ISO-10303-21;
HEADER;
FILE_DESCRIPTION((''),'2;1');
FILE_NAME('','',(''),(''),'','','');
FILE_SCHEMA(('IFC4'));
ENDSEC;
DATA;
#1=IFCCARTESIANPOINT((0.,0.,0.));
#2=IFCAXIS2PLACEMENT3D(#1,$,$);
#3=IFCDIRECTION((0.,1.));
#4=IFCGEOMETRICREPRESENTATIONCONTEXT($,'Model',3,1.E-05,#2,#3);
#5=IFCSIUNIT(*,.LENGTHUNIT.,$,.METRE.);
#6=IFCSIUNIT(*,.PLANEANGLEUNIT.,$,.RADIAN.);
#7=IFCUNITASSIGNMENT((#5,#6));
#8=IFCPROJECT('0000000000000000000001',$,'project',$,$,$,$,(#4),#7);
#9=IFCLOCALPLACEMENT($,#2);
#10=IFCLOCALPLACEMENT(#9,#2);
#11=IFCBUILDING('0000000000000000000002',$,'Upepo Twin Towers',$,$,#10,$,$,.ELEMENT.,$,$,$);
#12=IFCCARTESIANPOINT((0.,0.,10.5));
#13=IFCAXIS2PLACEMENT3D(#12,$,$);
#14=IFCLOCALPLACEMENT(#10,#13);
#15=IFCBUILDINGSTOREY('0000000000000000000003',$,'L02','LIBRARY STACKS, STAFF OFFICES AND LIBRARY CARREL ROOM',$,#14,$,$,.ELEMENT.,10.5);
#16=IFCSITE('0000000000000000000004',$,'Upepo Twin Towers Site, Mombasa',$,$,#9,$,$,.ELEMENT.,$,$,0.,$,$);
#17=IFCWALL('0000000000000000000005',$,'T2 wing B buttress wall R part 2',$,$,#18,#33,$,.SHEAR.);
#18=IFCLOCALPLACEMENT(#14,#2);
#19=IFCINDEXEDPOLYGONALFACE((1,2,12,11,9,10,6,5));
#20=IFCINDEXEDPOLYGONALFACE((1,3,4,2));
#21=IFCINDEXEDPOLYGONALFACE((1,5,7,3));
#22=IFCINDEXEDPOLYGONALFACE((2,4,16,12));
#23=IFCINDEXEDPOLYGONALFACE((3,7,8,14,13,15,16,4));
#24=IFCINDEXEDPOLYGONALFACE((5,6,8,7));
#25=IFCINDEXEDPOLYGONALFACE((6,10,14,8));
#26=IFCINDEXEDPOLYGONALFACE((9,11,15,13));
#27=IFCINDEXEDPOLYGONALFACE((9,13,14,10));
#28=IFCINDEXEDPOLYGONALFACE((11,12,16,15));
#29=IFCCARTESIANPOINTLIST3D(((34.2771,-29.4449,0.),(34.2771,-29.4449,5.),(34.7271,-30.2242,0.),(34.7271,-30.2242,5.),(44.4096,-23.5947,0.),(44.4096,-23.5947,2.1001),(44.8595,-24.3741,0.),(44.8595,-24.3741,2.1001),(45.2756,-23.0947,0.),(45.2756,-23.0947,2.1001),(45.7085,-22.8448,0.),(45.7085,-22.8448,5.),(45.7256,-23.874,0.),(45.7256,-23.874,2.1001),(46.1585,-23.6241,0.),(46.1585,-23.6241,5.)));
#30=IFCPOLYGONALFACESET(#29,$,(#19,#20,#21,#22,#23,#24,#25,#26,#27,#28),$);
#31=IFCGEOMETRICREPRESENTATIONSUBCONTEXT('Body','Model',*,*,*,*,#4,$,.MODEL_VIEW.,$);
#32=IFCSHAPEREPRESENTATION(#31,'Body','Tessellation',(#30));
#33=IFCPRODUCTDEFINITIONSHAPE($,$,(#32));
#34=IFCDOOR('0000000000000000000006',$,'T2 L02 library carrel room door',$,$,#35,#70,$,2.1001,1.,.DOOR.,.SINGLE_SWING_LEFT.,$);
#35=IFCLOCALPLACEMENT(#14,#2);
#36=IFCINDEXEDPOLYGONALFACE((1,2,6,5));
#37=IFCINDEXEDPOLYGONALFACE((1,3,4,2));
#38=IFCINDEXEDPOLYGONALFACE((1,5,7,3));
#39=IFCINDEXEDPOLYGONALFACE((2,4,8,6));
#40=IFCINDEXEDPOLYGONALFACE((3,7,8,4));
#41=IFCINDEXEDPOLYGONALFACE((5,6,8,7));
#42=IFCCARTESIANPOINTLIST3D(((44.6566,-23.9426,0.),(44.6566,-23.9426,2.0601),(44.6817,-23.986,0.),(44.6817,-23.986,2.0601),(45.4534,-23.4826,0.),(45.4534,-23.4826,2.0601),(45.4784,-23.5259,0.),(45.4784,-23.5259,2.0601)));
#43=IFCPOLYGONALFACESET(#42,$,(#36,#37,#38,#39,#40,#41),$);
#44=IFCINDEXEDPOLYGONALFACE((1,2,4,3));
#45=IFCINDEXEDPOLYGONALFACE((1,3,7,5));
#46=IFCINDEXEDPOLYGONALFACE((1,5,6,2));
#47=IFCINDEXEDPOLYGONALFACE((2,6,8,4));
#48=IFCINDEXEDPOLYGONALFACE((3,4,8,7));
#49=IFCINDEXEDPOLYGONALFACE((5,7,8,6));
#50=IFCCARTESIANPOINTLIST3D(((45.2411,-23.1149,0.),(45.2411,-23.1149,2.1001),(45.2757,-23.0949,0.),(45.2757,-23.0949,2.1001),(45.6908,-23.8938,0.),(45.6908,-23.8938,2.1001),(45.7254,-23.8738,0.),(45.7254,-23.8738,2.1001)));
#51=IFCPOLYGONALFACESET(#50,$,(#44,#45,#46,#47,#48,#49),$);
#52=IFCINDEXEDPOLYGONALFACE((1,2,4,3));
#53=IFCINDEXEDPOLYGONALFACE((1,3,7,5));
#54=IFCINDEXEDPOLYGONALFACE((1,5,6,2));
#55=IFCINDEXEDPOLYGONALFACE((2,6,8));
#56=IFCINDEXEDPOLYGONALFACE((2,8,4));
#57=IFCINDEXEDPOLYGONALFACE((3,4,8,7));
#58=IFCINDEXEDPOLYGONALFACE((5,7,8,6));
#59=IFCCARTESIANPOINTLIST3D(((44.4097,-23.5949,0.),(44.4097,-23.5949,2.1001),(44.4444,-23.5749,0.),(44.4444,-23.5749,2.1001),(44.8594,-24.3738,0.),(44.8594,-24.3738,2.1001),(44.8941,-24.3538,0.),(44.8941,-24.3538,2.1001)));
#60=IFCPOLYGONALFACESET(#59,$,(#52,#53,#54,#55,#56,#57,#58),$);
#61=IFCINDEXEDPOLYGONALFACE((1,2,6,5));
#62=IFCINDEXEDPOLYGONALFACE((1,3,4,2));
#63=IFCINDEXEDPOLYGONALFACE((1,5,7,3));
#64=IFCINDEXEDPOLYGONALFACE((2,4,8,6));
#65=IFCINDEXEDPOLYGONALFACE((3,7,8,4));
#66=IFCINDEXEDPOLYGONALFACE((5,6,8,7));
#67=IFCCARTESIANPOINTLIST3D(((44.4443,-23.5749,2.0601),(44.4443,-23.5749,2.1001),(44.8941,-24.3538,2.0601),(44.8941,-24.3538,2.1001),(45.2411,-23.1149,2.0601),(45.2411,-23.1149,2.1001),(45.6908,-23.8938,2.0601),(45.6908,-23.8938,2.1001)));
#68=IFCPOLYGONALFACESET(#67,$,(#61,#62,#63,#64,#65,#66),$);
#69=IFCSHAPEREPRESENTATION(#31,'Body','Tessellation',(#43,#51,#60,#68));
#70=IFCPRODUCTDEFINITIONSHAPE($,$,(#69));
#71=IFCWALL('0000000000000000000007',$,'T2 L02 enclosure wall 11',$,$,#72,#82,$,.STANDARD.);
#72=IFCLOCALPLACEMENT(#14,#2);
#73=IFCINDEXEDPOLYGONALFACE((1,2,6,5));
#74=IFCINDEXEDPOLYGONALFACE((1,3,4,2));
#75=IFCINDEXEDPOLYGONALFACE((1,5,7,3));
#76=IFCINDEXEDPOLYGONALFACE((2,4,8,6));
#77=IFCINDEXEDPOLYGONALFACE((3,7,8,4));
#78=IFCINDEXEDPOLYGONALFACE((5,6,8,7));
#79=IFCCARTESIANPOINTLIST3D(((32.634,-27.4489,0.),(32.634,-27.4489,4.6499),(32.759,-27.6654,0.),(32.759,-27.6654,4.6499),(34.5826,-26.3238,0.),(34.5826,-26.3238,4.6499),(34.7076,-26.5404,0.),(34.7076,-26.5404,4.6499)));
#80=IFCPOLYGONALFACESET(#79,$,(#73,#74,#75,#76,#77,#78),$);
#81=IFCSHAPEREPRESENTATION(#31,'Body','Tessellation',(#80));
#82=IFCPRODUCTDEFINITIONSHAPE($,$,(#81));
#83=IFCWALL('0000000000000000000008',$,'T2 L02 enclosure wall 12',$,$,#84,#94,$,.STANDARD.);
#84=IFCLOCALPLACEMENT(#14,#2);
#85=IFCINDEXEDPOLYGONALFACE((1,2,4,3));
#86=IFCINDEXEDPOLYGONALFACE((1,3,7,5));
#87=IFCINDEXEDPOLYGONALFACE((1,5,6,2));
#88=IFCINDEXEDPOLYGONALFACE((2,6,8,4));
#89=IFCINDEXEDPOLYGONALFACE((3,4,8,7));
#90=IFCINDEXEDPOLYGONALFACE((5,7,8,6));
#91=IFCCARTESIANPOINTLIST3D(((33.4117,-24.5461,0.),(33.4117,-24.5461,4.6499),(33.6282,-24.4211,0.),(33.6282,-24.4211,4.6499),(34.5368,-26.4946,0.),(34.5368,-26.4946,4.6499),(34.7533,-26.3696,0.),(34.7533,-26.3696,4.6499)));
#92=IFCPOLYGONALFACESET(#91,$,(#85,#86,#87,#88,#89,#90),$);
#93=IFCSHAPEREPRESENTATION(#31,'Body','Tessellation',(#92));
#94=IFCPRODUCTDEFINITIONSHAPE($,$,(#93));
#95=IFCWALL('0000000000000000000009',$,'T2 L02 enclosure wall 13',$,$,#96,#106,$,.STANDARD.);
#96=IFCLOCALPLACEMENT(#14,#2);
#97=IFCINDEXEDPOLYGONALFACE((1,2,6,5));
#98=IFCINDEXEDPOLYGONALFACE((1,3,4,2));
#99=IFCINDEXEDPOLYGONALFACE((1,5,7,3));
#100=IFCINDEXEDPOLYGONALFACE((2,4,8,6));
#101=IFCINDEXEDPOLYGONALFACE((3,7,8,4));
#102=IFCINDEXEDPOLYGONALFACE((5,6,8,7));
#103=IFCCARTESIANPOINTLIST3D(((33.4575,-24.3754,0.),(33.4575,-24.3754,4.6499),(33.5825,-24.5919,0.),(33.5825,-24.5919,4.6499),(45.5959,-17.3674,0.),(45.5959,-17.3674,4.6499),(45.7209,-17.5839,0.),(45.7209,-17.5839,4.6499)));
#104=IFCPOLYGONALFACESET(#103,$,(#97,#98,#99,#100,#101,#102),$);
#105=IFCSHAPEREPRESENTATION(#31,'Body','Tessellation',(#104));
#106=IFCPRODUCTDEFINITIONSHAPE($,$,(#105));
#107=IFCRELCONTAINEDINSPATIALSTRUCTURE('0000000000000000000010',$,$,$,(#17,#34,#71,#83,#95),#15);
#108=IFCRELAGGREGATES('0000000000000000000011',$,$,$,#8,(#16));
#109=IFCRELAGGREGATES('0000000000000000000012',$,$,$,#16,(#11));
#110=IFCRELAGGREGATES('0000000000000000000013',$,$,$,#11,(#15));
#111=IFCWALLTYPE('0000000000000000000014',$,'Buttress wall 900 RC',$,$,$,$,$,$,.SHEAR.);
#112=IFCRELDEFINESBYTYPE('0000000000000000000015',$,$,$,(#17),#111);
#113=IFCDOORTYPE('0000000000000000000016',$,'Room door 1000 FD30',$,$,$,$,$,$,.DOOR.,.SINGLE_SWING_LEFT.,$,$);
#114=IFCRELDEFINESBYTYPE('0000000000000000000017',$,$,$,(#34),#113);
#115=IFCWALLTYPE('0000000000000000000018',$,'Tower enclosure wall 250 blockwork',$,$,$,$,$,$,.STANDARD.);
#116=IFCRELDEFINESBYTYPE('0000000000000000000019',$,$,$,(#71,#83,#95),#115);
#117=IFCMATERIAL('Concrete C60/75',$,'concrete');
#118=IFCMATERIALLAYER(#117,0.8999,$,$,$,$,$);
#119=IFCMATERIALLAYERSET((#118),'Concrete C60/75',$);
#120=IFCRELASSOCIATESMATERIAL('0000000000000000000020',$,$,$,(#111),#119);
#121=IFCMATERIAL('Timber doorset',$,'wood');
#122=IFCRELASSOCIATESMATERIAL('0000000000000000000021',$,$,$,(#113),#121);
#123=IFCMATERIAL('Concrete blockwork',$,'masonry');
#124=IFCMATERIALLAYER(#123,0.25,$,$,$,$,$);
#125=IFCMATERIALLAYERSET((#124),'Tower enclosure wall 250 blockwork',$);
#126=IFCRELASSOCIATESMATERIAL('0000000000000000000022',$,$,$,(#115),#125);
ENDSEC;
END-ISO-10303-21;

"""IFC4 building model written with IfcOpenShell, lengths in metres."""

from ifc_helpers import new_model, si_unit, direction, frame, frame_2d, origin, place, context, subcontext, project, spatial, rectangle, extrude, material, layer, layer_set, type_object, element, fill, save


model = new_model("IFC4")

# Units and contexts
model_context = context("Model", 3, precision=1e-05, world=origin(), true_north=direction((0.0, 1.0)))
body_context = subcontext(model_context, "Body", "Model", "MODEL_VIEW")
ifc_project = project(units=[si_unit("LENGTHUNIT", "METRE"), si_unit("PLANEANGLEUNIT", "RADIAN")], contexts=[model_context])

# Site, building, storey
site_placement = place(None, origin())
site = spatial("IfcSite", under=ifc_project, at=site_placement, Name="Upepo Twin Towers Site, Mombasa", CompositionType="ELEMENT", RefElevation=0.0)
building_placement = place(site_placement, origin())
building = spatial("IfcBuilding", under=site, at=building_placement, Name="Upepo Twin Towers", CompositionType="ELEMENT")
storey_placement = place(building_placement, frame((0.0, 0.0, 10.5)))
storey = spatial("IfcBuildingStorey", under=building, at=storey_placement, Name="L02", Description="LIBRARY STACKS, STAFF OFFICES AND LIBRARY CARREL ROOM", CompositionType="ELEMENT", Elevation=10.5)

# Wall, opening, door
ifc_material_1 = material(Name="Concrete C60/75", Category="concrete")
ifc_layer_1 = layer(ifc_material_1, 0.8999)
ifc_layer_set_1 = layer_set([ifc_layer_1], Name="Concrete C60/75")
wall_type_1 = type_object("IfcWallType", Name="Buttress wall 900 RC", PredefinedType="SHEAR", material=ifc_layer_set_1)
ifc_material_2 = material(Name="Timber doorset", Category="wood")
door_type = type_object("IfcDoorType", Name="Room door 1000 FD30", OperationType="SINGLE_SWING_LEFT", PredefinedType="DOOR", material=ifc_material_2)
wall_1_placement = place(storey_placement, frame((45.9336, -23.2344, 0.0), z_axis=(0.0, 0.0, 1.0), x_axis=(-0.86602, -0.50001, 0.0)))
wall_1 = element("IfcWall", 1, at=wall_1_placement, inside=storey, type_object=wall_type_1, Name="T2 wing B buttress wall R part 2", PredefinedType="SHEAR", context=body_context, shape_type="SweptSolid", body=[
    extrude(rectangle(XDim=13.2, YDim=0.8999, at=frame_2d((6.6001, 0.0))), origin(), (0.0, 0.0, 1.0), 5.0),
])
opening_1_placement = place(wall_1_placement, frame((0.5, 0.0, 0.0)))
opening_1 = element("IfcOpeningElement", 2, at=opening_1_placement, cuts=wall_1, PredefinedType="OPENING", context=body_context, shape_type="SweptSolid", body=[
    extrude(rectangle(XDim=1.0, YDim=2.1001, at=frame_2d((0.5, 1.05))), frame((0.0, 0.46, 0.0), z_axis=(0.0, -1.0, 0.0), x_axis=(1.0, 0.0, 0.0)), (0.0, 0.0, 1.0), 0.9199),
])
door_1_placement = place(opening_1_placement, origin())
door_1 = element("IfcDoor", 3, at=door_1_placement, inside=storey, type_object=door_type, Name="T2 L02 library carrel room door", OperationType="SINGLE_SWING_LEFT", OverallHeight=2.1001, OverallWidth=1.0, PredefinedType="DOOR", context=body_context, shape_type="SweptSolid", body=[
    extrude(rectangle(XDim=0.92, YDim=2.0601, at=frame_2d((0.5, 1.03))), frame((0.0, 0.0249, 0.0), z_axis=(0.0, -1.0, 0.0), x_axis=(1.0, 0.0, 0.0)), (0.0, 0.0, 1.0), 0.05),
    extrude(rectangle(XDim=0.04, YDim=2.1001, at=frame_2d((0.02, 1.05))), frame((0.0, 0.4497, 0.0), z_axis=(0.0, -1.0, 0.0), x_axis=(1.0, 0.0, 0.0)), (0.0, 0.0, 1.0), 0.8994),
    extrude(rectangle(XDim=0.04, YDim=2.1001, at=frame_2d((0.98, 1.05))), frame((0.0, 0.4497, 0.0), z_axis=(0.0, -1.0, 0.0), x_axis=(1.0, 0.0, 0.0)), (0.0, 0.0, 1.0), 0.8994),
    extrude(rectangle(XDim=0.92, YDim=0.04, at=frame_2d((0.5, 2.0801))), frame((0.0, 0.4497, 0.0), z_axis=(0.0, -1.0, 0.0), x_axis=(1.0, 0.0, 0.0)), (0.0, 0.0, 1.0), 0.8994),
])
fill(opening_1, door_1)

# Walls
ifc_material_3 = material(Name="Concrete blockwork", Category="masonry")
ifc_layer_2 = layer(ifc_material_3, 0.25)
ifc_layer_set_2 = layer_set([ifc_layer_2], Name="Tower enclosure wall 250 blockwork")
wall_type_2 = type_object("IfcWallType", Name="Tower enclosure wall 250 blockwork", PredefinedType="STANDARD", material=ifc_layer_set_2)
for number, where, z_axis, x_axis, name in (
    (4, (32.6965, -27.5571, 0.0), (0.0, 0.0, 1.0), (0.866018, 0.500014, 0.0), "T2 L02 enclosure wall 11"),
    (5, (34.645, -26.4321, 0.0), (0.0, 0.0, 1.0), (-0.500014, 0.866018, 0.0), "T2 L02 enclosure wall 12"),
):
    element("IfcWall", number, at=place(storey_placement, frame(where, z_axis=z_axis, x_axis=x_axis)), inside=storey, type_object=wall_type_2, Name=name, PredefinedType="STANDARD", context=body_context, shape_type="SweptSolid", body=[
        extrude(rectangle(XDim=2.25, YDim=0.25, at=frame_2d((1.125, 0.0))), origin(), (0.0, 0.0, 1.0), 4.6499),
    ])
wall_2_placement = place(storey_placement, frame((33.52, -24.4836, 0.0), z_axis=(0.0, 0.0, 1.0), x_axis=(0.866028, 0.499996, 0.0)))
element("IfcWall", 6, at=wall_2_placement, inside=storey, type_object=wall_type_2, Name="T2 L02 enclosure wall 13", PredefinedType="STANDARD", context=body_context, shape_type="SweptSolid", body=[
    extrude(rectangle(XDim=14.0161, YDim=0.25, at=frame_2d((7.0081, 0.0))), origin(), (0.0, 0.0, 1.0), 4.6499),
])

save(model, "model.ifc")
